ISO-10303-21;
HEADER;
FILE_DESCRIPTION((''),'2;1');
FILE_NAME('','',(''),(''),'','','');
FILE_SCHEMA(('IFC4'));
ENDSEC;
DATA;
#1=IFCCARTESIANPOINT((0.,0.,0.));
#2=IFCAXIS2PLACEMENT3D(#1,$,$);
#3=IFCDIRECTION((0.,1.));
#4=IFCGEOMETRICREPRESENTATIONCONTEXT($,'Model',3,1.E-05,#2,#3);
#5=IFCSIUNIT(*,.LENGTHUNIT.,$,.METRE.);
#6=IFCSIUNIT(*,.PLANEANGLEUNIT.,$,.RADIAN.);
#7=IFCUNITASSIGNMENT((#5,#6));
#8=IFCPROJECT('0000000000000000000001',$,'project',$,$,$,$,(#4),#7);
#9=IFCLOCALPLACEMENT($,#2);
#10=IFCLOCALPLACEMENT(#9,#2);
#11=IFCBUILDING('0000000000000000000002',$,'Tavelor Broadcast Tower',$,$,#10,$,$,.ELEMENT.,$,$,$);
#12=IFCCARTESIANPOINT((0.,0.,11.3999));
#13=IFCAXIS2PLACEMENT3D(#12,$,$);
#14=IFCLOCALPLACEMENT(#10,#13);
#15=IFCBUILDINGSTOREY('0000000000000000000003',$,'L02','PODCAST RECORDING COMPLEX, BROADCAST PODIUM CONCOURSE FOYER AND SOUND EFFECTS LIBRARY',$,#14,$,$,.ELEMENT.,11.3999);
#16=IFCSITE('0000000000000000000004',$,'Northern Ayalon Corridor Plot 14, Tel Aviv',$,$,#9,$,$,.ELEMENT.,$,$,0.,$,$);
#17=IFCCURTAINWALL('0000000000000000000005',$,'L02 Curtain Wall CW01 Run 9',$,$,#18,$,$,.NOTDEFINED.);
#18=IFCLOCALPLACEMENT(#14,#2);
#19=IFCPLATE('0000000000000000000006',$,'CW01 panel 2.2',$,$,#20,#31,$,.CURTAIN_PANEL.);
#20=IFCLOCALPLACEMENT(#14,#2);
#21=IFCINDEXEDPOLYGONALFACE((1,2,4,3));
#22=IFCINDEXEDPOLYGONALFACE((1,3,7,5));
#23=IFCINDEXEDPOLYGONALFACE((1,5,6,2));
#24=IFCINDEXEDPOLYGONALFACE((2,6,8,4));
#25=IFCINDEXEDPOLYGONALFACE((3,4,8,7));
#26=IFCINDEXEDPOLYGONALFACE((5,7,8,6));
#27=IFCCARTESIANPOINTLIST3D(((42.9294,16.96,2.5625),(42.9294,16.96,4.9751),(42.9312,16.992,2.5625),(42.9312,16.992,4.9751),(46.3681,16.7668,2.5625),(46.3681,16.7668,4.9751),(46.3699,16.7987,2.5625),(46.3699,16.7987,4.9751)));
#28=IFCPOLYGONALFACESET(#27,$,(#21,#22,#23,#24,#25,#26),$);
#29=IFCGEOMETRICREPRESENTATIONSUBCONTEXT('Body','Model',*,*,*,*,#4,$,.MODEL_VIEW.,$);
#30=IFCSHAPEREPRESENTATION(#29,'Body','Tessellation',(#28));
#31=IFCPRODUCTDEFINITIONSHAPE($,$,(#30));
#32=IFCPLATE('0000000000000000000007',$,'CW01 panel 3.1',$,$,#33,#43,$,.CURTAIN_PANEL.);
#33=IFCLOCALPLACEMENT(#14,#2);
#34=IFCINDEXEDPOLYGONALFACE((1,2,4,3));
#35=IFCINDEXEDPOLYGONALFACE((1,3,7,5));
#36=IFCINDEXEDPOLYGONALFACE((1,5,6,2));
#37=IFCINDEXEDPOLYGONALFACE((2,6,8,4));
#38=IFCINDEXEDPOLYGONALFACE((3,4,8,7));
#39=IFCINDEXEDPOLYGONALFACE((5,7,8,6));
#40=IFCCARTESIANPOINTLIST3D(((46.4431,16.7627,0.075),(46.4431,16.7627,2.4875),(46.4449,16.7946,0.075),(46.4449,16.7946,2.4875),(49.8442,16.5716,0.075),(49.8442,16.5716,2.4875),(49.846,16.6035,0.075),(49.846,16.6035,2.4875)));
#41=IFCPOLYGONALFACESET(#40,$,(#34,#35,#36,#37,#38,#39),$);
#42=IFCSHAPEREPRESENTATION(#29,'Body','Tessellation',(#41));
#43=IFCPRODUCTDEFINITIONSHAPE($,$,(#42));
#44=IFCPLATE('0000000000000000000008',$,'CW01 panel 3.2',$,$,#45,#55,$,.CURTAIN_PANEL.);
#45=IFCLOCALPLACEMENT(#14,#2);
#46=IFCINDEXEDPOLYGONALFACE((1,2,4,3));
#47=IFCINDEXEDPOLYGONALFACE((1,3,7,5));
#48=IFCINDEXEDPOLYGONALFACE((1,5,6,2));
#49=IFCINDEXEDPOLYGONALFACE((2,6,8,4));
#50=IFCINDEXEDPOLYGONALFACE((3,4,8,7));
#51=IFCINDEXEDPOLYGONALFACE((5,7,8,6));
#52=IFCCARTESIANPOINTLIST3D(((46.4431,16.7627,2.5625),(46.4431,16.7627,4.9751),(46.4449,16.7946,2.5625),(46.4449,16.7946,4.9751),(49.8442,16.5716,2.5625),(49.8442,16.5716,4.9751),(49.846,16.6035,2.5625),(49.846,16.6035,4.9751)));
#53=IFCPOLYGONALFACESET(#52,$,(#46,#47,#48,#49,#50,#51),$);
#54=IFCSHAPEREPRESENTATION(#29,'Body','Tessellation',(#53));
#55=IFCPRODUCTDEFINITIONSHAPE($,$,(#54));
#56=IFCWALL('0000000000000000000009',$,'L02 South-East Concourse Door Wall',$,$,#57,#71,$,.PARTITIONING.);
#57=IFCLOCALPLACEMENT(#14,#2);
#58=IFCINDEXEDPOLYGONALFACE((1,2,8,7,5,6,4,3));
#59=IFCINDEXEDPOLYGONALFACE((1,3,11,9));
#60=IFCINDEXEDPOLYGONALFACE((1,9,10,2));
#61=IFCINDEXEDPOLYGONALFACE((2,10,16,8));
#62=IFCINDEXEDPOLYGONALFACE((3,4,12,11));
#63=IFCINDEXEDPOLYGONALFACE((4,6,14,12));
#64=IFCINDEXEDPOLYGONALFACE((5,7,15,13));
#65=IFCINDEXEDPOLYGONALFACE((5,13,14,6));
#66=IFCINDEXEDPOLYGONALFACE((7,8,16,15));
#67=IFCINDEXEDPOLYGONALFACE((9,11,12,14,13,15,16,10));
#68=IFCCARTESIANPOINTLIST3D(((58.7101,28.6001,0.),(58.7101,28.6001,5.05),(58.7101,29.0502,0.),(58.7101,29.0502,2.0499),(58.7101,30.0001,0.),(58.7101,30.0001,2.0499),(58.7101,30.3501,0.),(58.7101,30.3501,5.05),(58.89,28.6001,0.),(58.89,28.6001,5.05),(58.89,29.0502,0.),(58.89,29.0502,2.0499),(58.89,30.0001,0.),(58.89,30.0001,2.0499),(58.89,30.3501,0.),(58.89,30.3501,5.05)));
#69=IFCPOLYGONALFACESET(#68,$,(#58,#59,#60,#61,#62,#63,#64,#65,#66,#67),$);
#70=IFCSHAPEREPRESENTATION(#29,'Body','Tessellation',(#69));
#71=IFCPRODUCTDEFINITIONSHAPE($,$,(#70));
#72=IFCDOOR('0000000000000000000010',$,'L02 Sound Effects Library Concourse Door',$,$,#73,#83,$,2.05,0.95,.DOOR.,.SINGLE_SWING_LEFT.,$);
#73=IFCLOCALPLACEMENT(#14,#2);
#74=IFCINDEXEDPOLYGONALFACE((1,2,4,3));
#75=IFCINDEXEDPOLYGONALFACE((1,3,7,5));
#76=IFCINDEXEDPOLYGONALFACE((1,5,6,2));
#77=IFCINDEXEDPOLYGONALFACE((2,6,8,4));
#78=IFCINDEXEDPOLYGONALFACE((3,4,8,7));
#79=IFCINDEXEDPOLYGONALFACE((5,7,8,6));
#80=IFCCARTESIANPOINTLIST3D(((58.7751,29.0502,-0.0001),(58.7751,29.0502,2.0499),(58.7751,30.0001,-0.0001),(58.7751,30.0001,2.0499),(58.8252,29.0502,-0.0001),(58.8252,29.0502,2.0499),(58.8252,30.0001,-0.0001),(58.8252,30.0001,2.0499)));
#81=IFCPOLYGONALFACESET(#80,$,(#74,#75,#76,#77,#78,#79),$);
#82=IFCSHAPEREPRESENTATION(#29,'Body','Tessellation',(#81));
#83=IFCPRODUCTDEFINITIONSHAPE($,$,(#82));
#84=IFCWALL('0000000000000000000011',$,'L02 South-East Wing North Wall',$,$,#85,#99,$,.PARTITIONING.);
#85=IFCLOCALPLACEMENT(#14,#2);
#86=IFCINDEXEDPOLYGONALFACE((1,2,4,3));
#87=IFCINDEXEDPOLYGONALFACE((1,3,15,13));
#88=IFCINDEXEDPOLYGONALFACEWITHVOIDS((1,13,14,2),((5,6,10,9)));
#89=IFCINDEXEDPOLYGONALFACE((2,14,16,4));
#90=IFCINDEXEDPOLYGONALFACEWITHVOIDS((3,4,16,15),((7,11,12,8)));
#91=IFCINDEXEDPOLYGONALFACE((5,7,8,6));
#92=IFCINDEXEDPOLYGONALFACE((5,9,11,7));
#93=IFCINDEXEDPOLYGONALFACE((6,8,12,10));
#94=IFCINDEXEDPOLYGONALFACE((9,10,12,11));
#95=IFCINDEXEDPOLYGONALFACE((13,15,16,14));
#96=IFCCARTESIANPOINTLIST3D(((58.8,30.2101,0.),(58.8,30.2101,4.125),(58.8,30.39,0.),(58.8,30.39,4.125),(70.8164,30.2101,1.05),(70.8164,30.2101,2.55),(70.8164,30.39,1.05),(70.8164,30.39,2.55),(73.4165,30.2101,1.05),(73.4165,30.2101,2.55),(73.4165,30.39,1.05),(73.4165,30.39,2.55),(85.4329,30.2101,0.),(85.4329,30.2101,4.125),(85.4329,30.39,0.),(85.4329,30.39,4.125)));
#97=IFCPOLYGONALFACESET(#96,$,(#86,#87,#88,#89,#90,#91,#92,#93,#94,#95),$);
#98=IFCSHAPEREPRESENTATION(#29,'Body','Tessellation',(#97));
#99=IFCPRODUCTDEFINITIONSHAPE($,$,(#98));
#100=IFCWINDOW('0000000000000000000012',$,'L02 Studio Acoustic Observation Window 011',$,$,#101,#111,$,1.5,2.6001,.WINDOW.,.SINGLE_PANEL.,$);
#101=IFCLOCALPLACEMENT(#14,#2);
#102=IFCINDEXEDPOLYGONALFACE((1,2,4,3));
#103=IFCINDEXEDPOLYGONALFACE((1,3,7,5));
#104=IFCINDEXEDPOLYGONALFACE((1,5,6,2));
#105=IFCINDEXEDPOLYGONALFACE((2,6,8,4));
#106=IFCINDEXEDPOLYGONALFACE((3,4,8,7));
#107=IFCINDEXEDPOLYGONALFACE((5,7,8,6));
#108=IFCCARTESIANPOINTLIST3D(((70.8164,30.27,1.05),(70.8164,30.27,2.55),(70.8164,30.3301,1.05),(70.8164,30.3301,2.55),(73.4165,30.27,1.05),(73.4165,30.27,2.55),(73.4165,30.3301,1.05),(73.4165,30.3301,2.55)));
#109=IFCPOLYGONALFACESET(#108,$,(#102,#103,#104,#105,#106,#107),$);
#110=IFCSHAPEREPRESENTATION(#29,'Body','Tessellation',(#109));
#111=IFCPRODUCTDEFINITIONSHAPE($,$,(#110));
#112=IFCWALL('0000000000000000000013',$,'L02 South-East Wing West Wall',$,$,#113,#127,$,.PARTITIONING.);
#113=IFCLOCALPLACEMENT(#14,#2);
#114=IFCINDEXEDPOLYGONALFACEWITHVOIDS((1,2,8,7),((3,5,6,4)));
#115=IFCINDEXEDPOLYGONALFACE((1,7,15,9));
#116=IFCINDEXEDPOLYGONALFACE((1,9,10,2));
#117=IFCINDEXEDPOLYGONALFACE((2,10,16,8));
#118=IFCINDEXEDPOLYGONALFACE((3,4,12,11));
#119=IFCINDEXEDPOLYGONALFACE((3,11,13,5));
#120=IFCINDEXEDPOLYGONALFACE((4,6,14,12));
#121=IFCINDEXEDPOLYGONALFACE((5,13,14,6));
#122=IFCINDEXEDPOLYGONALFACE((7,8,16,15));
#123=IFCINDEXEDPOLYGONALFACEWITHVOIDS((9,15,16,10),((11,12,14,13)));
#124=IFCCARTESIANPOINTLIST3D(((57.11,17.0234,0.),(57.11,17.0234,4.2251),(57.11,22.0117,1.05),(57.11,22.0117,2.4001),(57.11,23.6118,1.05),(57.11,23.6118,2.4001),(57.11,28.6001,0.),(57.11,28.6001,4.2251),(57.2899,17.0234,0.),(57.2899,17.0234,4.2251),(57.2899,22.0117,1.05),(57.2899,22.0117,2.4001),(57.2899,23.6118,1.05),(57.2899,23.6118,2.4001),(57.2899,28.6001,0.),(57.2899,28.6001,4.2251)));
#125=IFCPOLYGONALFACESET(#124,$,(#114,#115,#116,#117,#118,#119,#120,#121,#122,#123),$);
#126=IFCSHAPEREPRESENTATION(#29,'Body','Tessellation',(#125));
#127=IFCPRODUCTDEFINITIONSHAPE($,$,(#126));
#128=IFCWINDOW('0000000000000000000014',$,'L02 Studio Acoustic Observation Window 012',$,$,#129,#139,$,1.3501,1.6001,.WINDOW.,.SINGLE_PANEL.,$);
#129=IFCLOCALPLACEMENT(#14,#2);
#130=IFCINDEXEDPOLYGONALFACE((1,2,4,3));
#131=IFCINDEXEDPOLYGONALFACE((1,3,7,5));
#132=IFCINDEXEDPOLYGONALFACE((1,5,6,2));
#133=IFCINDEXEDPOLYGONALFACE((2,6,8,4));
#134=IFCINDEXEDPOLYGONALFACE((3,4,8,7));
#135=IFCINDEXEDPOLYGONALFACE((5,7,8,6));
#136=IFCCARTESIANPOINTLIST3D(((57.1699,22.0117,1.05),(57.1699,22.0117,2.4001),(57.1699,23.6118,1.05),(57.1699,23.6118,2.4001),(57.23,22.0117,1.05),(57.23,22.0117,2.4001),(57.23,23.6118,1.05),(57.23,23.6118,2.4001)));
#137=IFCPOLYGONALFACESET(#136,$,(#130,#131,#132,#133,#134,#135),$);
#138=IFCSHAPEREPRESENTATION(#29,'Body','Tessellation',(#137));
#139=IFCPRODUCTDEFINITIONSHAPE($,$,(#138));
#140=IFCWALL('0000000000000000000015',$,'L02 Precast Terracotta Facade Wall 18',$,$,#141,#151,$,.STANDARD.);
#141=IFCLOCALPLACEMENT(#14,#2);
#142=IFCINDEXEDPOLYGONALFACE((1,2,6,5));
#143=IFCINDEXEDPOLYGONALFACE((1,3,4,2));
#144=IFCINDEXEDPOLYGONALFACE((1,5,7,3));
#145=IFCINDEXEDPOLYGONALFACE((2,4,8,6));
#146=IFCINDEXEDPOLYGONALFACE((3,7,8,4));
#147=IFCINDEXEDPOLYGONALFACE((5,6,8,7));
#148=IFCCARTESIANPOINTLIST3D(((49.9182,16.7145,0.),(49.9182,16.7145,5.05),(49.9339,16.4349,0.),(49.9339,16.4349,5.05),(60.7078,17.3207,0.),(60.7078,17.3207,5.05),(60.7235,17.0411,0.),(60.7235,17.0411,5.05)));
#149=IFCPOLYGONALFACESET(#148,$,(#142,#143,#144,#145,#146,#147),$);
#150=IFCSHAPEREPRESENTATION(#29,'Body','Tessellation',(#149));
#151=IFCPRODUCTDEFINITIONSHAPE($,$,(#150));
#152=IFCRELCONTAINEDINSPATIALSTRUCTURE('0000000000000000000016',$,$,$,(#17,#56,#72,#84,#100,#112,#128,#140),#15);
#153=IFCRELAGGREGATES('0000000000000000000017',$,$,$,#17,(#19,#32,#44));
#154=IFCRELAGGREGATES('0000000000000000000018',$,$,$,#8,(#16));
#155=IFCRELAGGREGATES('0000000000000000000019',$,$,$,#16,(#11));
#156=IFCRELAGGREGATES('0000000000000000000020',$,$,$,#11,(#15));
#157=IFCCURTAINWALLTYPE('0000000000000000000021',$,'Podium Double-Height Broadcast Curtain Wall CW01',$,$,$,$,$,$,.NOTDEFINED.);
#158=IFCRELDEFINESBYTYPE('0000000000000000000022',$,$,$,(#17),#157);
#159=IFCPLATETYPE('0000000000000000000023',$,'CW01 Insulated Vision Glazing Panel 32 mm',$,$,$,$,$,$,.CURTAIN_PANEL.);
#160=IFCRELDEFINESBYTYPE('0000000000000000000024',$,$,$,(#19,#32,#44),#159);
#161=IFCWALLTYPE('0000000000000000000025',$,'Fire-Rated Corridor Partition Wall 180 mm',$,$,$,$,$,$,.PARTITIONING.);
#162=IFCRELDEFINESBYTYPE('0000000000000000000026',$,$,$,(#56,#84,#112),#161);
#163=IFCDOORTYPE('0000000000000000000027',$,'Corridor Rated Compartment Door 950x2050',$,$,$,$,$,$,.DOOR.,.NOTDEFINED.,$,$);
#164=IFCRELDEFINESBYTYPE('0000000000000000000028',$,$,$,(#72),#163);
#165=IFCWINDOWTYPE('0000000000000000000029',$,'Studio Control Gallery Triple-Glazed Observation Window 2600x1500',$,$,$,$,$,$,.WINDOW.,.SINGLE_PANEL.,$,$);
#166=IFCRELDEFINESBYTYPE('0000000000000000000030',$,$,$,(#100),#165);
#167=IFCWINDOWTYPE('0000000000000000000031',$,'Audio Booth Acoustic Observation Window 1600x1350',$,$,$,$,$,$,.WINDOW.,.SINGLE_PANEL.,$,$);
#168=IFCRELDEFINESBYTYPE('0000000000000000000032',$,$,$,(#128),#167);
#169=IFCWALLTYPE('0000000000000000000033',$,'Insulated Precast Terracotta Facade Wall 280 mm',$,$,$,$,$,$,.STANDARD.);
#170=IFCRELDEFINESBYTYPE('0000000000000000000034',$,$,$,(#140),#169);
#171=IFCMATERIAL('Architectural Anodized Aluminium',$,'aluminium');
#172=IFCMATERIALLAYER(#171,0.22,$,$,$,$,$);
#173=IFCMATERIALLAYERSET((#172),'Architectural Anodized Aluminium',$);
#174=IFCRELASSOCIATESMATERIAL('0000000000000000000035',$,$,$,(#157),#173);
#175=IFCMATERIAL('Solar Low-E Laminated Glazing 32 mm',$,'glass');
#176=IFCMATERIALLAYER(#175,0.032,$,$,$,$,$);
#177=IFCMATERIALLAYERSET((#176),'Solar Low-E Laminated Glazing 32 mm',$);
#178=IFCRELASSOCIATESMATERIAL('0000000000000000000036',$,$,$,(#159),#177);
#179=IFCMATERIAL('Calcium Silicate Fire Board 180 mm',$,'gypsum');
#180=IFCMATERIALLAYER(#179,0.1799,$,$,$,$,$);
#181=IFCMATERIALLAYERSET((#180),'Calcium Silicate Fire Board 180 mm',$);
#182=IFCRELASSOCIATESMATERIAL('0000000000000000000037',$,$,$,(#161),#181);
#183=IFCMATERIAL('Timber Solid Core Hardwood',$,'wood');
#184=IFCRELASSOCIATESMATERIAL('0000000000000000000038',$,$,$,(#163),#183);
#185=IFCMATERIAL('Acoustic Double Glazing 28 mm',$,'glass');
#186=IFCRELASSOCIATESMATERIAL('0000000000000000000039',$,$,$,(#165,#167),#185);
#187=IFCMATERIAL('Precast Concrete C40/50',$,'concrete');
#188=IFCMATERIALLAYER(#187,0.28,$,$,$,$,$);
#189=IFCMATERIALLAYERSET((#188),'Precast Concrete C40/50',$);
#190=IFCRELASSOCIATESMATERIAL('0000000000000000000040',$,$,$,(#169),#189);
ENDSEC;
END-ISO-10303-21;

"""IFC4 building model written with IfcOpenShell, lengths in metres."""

from ifc_helpers import new_model, si_unit, direction, frame, frame_2d, origin, origin_2d, place, context, subcontext, project, spatial, rectangle, extrude, source, transform, mapped, material, layer, layer_set, type_object, type_shapes, element, fill, aggregate, save


model = new_model("IFC4")

# Units and contexts
model_context = context("Model", 3, precision=1e-05, world=origin(), true_north=direction((0.0, 1.0)))
body_context = subcontext(model_context, "Body", "Model", "MODEL_VIEW")
ifc_project = project(units=[si_unit("LENGTHUNIT", "METRE"), si_unit("PLANEANGLEUNIT", "RADIAN")], contexts=[model_context])

# Site, building, storey
site_placement = place(None, origin())
site = spatial("IfcSite", under=ifc_project, at=site_placement, Name="Northern Ayalon Corridor Plot 14, Tel Aviv", CompositionType="ELEMENT", RefElevation=0.0)
building_placement = place(site_placement, origin())
building = spatial("IfcBuilding", under=site, at=building_placement, Name="Tavelor Broadcast Tower", CompositionType="ELEMENT")
storey_placement = place(building_placement, frame((0.0, 0.0, 11.3999)))
storey = spatial("IfcBuildingStorey", under=building, at=storey_placement, Name="L02", Description="PODCAST RECORDING COMPLEX, BROADCAST PODIUM CONCOURSE FOYER AND SOUND EFFECTS LIBRARY", CompositionType="ELEMENT", Elevation=11.3999)

# Curtain wall
ifc_material_1 = material(Name="Architectural Anodized Aluminium", Category="aluminium")
ifc_layer_1 = layer(ifc_material_1, 0.22)
ifc_layer_set_1 = layer_set([ifc_layer_1], Name="Architectural Anodized Aluminium")
curtain_wall_type = type_object("IfcCurtainWallType", Name="Podium Double-Height Broadcast Curtain Wall CW01", PredefinedType="NOTDEFINED", material=ifc_layer_set_1)
curtain_wall_placement = place(storey_placement, origin())
curtain_wall = element("IfcCurtainWall", 1, at=curtain_wall_placement, inside=storey, type_object=curtain_wall_type, Name="L02 Curtain Wall CW01 Run 9", PredefinedType="NOTDEFINED")

# Plates
ifc_material_2 = material(Name="Solar Low-E Laminated Glazing 32 mm", Category="glass")
ifc_layer_2 = layer(ifc_material_2, 0.032)
ifc_layer_set_2 = layer_set([ifc_layer_2], Name="Solar Low-E Laminated Glazing 32 mm")
plate_type_1 = type_object("IfcPlateType", Name="CW01 Insulated Vision Glazing Panel 32 mm", PredefinedType="CURTAIN_PANEL", material=ifc_layer_set_2)
shared_shape_1 = source(origin(), body_context, "Body", "SweptSolid", [
    extrude(rectangle(XDim=3.4441, YDim=0.032, at=origin_2d()), origin(), (0.0, 0.0, 1.0), 2.4126),
])
plate_1_placement = place(storey_placement, frame((44.6497, 16.8794, 2.5625), z_axis=(0.0, 0.0, 1.0), x_axis=(0.998425, -0.056103, 0.0)))
plate_1 = element("IfcPlate", 2, at=plate_1_placement, type_object=plate_type_1, Name="CW01 panel 2.2", PredefinedType="CURTAIN_PANEL", context=body_context, shape_type="MappedRepresentation", body=[
    mapped(shared_shape_1, transform((0.0, 0.0, 0.0), scale=1.0)),
])
shared_shape_2 = source(origin(), body_context, "Body", "SweptSolid", [
    extrude(rectangle(XDim=3.4065, YDim=0.032, at=origin_2d()), origin(), (0.0, 0.0, 1.0), 2.4126),
])
type_shapes(plate_type_1, [shared_shape_1, shared_shape_2])
plate_2_placement = place(storey_placement, frame((48.1445, 16.6831, 0.075), z_axis=(0.0, 0.0, 1.0), x_axis=(0.998425, -0.056103, 0.0)))
plate_2 = element("IfcPlate", 3, at=plate_2_placement, type_object=plate_type_1, Name="CW01 panel 3.1", PredefinedType="CURTAIN_PANEL", context=body_context, shape_type="MappedRepresentation", body=[
    mapped(shared_shape_2, transform((0.0, 0.0, 0.0), scale=1.0)),
])
plate_3_placement = place(storey_placement, frame((48.1445, 16.6831, 2.5625), z_axis=(0.0, 0.0, 1.0), x_axis=(0.998425, -0.056103, 0.0)))
plate_3 = element("IfcPlate", 4, at=plate_3_placement, type_object=plate_type_1, Name="CW01 panel 3.2", PredefinedType="CURTAIN_PANEL", context=body_context, shape_type="MappedRepresentation", body=[
    mapped(shared_shape_2, transform((0.0, 0.0, 0.0), scale=1.0)),
])
aggregate(curtain_wall, [plate_1, plate_2, plate_3])

# Wall, opening, door
ifc_material_3 = material(Name="Calcium Silicate Fire Board 180 mm", Category="gypsum")
ifc_layer_3 = layer(ifc_material_3, 0.1799)
ifc_layer_set_3 = layer_set([ifc_layer_3], Name="Calcium Silicate Fire Board 180 mm")
wall_type_1 = type_object("IfcWallType", Name="Fire-Rated Corridor Partition Wall 180 mm", PredefinedType="PARTITIONING", material=ifc_layer_set_3)
wall_1_placement = place(storey_placement, frame((58.8, 28.6001, 0.0), z_axis=(0.0, 0.0, 1.0), x_axis=(0.0, 1.0, 0.0)))
wall_1 = element("IfcWall", 5, at=wall_1_placement, inside=storey, type_object=wall_type_1, Name="L02 South-East Concourse Door Wall", PredefinedType="PARTITIONING", context=body_context, shape_type="SweptSolid", body=[
    extrude(rectangle(XDim=1.75, YDim=0.1799, at=frame_2d((0.875, 0.0))), origin(), (0.0, 0.0, 1.0), 5.05),
])
opening_1_placement = place(wall_1_placement, frame((0.45, 0.0, 0.0)))
opening_1 = element("IfcOpeningElement", 6, at=opening_1_placement, cuts=wall_1, PredefinedType="OPENING", context=body_context, shape_type="SweptSolid", body=[
    extrude(rectangle(XDim=0.95, YDim=2.05, at=frame_2d((0.4751, 1.0249))), frame((0.0, 0.1001, 0.0), z_axis=(0.0, -1.0, 0.0), x_axis=(1.0, 0.0, 0.0)), (0.0, 0.0, 1.0), 0.2),
])
ifc_material_4 = material(Name="Timber Solid Core Hardwood", Category="wood")
door_type = type_object("IfcDoorType", Name="Corridor Rated Compartment Door 950x2050", OperationType="NOTDEFINED", PredefinedType="DOOR", material=ifc_material_4)
door_placement = place(opening_1_placement, origin())
door = element("IfcDoor", 7, at=door_placement, inside=storey, type_object=door_type, Name="L02 Sound Effects Library Concourse Door", OperationType="SINGLE_SWING_LEFT", OverallHeight=2.05, OverallWidth=0.95, PredefinedType="DOOR", context=body_context, shape_type="SweptSolid", body=[
    extrude(rectangle(XDim=0.95, YDim=2.05, at=frame_2d((0.4751, 1.0249))), frame((0.0, 0.0249, 0.0), z_axis=(0.0, -1.0, 0.0), x_axis=(1.0, 0.0, 0.0)), (0.0, 0.0, 1.0), 0.05),
])
fill(opening_1, door)

# Walls, openings, windows
wall_2_placement = place(storey_placement, frame((58.8, 30.3, 0.0), z_axis=(0.0, 0.0, 1.0), x_axis=(1.0, 0.0, 0.0)))
wall_2 = element("IfcWall", 8, at=wall_2_placement, inside=storey, type_object=wall_type_1, Name="L02 South-East Wing North Wall", PredefinedType="PARTITIONING", context=body_context, shape_type="SweptSolid", body=[
    extrude(rectangle(XDim=26.6328, YDim=0.1799, at=frame_2d((13.3164, 0.0))), origin(), (0.0, 0.0, 1.0), 4.125),
])
opening_2_placement = place(wall_2_placement, frame((12.0164, 0.0, 1.05)))
opening_2 = element("IfcOpeningElement", 9, at=opening_2_placement, cuts=wall_2, PredefinedType="OPENING", context=body_context, shape_type="SweptSolid", body=[
    extrude(rectangle(XDim=2.6001, YDim=1.5, at=frame_2d((1.3, 0.75))), frame((0.0, 0.1001, 0.0), z_axis=(0.0, -1.0, 0.0), x_axis=(1.0, 0.0, 0.0)), (0.0, 0.0, 1.0), 0.2),
])
ifc_material_5 = material(Name="Acoustic Double Glazing 28 mm", Category="glass")
window_type_1 = type_object("IfcWindowType", Name="Studio Control Gallery Triple-Glazed Observation Window 2600x1500", PartitioningType="SINGLE_PANEL", PredefinedType="WINDOW", material=ifc_material_5)
window_1_placement = place(opening_2_placement, origin())
window_1 = element("IfcWindow", 10, at=window_1_placement, inside=storey, type_object=window_type_1, Name="L02 Studio Acoustic Observation Window 011", OverallHeight=1.5, OverallWidth=2.6001, PartitioningType="SINGLE_PANEL", PredefinedType="WINDOW", context=body_context, shape_type="SweptSolid", body=[
    extrude(rectangle(XDim=2.6001, YDim=1.5, at=frame_2d((1.3, 0.75))), frame((0.0, 0.03, 0.0), z_axis=(0.0, -1.0, 0.0), x_axis=(1.0, 0.0, 0.0)), (0.0, 0.0, 1.0), 0.0601),
])
fill(opening_2, window_1)
wall_3_placement = place(storey_placement, frame((57.2, 17.0234, 0.0), z_axis=(0.0, 0.0, 1.0), x_axis=(0.0, 1.0, 0.0)))
wall_3 = element("IfcWall", 11, at=wall_3_placement, inside=storey, type_object=wall_type_1, Name="L02 South-East Wing West Wall", PredefinedType="PARTITIONING", context=body_context, shape_type="SweptSolid", body=[
    extrude(rectangle(XDim=11.5767, YDim=0.1799, at=frame_2d((5.7883, 0.0))), origin(), (0.0, 0.0, 1.0), 4.2251),
])
opening_3_placement = place(wall_3_placement, frame((4.9883, 0.0, 1.05)))
opening_3 = element("IfcOpeningElement", 12, at=opening_3_placement, cuts=wall_3, PredefinedType="OPENING", context=body_context, shape_type="SweptSolid", body=[
    extrude(rectangle(XDim=1.6001, YDim=1.3501, at=frame_2d((0.8, 0.675))), frame((0.0, 0.1001, 0.0), z_axis=(0.0, -1.0, 0.0), x_axis=(1.0, 0.0, 0.0)), (0.0, 0.0, 1.0), 0.2),
])
window_type_2 = type_object("IfcWindowType", Name="Audio Booth Acoustic Observation Window 1600x1350", PartitioningType="SINGLE_PANEL", PredefinedType="WINDOW", material=ifc_material_5)
window_2_placement = place(opening_3_placement, origin())
window_2 = element("IfcWindow", 13, at=window_2_placement, inside=storey, type_object=window_type_2, Name="L02 Studio Acoustic Observation Window 012", OverallHeight=1.3501, OverallWidth=1.6001, PartitioningType="SINGLE_PANEL", PredefinedType="WINDOW", context=body_context, shape_type="SweptSolid", body=[
    extrude(rectangle(XDim=1.6001, YDim=1.3501, at=frame_2d((0.8, 0.675))), frame((0.0, 0.03, 0.0), z_axis=(0.0, -1.0, 0.0), x_axis=(1.0, 0.0, 0.0)), (0.0, 0.0, 1.0), 0.0601),
])
fill(opening_3, window_2)

# Wall
ifc_material_6 = material(Name="Precast Concrete C40/50", Category="concrete")
ifc_layer_4 = layer(ifc_material_6, 0.28)
ifc_layer_set_4 = layer_set([ifc_layer_4], Name="Precast Concrete C40/50")
wall_type_2 = type_object("IfcWallType", Name="Insulated Precast Terracotta Facade Wall 280 mm", PredefinedType="STANDARD", material=ifc_layer_set_4)
wall_4_placement = place(storey_placement, frame((49.926, 16.5747, 0.0), z_axis=(0.0, 0.0, 1.0), x_axis=(0.998425, 0.056096, 0.0)))
element("IfcWall", 14, at=wall_4_placement, inside=storey, type_object=wall_type_2, Name="L02 Precast Terracotta Facade Wall 18", PredefinedType="STANDARD", context=body_context, shape_type="SweptSolid", body=[
    extrude(rectangle(XDim=10.8066, YDim=0.28, at=frame_2d((5.4033, 0.0))), origin(), (0.0, 0.0, 1.0), 5.05),
])

save(model, "model.ifc")
